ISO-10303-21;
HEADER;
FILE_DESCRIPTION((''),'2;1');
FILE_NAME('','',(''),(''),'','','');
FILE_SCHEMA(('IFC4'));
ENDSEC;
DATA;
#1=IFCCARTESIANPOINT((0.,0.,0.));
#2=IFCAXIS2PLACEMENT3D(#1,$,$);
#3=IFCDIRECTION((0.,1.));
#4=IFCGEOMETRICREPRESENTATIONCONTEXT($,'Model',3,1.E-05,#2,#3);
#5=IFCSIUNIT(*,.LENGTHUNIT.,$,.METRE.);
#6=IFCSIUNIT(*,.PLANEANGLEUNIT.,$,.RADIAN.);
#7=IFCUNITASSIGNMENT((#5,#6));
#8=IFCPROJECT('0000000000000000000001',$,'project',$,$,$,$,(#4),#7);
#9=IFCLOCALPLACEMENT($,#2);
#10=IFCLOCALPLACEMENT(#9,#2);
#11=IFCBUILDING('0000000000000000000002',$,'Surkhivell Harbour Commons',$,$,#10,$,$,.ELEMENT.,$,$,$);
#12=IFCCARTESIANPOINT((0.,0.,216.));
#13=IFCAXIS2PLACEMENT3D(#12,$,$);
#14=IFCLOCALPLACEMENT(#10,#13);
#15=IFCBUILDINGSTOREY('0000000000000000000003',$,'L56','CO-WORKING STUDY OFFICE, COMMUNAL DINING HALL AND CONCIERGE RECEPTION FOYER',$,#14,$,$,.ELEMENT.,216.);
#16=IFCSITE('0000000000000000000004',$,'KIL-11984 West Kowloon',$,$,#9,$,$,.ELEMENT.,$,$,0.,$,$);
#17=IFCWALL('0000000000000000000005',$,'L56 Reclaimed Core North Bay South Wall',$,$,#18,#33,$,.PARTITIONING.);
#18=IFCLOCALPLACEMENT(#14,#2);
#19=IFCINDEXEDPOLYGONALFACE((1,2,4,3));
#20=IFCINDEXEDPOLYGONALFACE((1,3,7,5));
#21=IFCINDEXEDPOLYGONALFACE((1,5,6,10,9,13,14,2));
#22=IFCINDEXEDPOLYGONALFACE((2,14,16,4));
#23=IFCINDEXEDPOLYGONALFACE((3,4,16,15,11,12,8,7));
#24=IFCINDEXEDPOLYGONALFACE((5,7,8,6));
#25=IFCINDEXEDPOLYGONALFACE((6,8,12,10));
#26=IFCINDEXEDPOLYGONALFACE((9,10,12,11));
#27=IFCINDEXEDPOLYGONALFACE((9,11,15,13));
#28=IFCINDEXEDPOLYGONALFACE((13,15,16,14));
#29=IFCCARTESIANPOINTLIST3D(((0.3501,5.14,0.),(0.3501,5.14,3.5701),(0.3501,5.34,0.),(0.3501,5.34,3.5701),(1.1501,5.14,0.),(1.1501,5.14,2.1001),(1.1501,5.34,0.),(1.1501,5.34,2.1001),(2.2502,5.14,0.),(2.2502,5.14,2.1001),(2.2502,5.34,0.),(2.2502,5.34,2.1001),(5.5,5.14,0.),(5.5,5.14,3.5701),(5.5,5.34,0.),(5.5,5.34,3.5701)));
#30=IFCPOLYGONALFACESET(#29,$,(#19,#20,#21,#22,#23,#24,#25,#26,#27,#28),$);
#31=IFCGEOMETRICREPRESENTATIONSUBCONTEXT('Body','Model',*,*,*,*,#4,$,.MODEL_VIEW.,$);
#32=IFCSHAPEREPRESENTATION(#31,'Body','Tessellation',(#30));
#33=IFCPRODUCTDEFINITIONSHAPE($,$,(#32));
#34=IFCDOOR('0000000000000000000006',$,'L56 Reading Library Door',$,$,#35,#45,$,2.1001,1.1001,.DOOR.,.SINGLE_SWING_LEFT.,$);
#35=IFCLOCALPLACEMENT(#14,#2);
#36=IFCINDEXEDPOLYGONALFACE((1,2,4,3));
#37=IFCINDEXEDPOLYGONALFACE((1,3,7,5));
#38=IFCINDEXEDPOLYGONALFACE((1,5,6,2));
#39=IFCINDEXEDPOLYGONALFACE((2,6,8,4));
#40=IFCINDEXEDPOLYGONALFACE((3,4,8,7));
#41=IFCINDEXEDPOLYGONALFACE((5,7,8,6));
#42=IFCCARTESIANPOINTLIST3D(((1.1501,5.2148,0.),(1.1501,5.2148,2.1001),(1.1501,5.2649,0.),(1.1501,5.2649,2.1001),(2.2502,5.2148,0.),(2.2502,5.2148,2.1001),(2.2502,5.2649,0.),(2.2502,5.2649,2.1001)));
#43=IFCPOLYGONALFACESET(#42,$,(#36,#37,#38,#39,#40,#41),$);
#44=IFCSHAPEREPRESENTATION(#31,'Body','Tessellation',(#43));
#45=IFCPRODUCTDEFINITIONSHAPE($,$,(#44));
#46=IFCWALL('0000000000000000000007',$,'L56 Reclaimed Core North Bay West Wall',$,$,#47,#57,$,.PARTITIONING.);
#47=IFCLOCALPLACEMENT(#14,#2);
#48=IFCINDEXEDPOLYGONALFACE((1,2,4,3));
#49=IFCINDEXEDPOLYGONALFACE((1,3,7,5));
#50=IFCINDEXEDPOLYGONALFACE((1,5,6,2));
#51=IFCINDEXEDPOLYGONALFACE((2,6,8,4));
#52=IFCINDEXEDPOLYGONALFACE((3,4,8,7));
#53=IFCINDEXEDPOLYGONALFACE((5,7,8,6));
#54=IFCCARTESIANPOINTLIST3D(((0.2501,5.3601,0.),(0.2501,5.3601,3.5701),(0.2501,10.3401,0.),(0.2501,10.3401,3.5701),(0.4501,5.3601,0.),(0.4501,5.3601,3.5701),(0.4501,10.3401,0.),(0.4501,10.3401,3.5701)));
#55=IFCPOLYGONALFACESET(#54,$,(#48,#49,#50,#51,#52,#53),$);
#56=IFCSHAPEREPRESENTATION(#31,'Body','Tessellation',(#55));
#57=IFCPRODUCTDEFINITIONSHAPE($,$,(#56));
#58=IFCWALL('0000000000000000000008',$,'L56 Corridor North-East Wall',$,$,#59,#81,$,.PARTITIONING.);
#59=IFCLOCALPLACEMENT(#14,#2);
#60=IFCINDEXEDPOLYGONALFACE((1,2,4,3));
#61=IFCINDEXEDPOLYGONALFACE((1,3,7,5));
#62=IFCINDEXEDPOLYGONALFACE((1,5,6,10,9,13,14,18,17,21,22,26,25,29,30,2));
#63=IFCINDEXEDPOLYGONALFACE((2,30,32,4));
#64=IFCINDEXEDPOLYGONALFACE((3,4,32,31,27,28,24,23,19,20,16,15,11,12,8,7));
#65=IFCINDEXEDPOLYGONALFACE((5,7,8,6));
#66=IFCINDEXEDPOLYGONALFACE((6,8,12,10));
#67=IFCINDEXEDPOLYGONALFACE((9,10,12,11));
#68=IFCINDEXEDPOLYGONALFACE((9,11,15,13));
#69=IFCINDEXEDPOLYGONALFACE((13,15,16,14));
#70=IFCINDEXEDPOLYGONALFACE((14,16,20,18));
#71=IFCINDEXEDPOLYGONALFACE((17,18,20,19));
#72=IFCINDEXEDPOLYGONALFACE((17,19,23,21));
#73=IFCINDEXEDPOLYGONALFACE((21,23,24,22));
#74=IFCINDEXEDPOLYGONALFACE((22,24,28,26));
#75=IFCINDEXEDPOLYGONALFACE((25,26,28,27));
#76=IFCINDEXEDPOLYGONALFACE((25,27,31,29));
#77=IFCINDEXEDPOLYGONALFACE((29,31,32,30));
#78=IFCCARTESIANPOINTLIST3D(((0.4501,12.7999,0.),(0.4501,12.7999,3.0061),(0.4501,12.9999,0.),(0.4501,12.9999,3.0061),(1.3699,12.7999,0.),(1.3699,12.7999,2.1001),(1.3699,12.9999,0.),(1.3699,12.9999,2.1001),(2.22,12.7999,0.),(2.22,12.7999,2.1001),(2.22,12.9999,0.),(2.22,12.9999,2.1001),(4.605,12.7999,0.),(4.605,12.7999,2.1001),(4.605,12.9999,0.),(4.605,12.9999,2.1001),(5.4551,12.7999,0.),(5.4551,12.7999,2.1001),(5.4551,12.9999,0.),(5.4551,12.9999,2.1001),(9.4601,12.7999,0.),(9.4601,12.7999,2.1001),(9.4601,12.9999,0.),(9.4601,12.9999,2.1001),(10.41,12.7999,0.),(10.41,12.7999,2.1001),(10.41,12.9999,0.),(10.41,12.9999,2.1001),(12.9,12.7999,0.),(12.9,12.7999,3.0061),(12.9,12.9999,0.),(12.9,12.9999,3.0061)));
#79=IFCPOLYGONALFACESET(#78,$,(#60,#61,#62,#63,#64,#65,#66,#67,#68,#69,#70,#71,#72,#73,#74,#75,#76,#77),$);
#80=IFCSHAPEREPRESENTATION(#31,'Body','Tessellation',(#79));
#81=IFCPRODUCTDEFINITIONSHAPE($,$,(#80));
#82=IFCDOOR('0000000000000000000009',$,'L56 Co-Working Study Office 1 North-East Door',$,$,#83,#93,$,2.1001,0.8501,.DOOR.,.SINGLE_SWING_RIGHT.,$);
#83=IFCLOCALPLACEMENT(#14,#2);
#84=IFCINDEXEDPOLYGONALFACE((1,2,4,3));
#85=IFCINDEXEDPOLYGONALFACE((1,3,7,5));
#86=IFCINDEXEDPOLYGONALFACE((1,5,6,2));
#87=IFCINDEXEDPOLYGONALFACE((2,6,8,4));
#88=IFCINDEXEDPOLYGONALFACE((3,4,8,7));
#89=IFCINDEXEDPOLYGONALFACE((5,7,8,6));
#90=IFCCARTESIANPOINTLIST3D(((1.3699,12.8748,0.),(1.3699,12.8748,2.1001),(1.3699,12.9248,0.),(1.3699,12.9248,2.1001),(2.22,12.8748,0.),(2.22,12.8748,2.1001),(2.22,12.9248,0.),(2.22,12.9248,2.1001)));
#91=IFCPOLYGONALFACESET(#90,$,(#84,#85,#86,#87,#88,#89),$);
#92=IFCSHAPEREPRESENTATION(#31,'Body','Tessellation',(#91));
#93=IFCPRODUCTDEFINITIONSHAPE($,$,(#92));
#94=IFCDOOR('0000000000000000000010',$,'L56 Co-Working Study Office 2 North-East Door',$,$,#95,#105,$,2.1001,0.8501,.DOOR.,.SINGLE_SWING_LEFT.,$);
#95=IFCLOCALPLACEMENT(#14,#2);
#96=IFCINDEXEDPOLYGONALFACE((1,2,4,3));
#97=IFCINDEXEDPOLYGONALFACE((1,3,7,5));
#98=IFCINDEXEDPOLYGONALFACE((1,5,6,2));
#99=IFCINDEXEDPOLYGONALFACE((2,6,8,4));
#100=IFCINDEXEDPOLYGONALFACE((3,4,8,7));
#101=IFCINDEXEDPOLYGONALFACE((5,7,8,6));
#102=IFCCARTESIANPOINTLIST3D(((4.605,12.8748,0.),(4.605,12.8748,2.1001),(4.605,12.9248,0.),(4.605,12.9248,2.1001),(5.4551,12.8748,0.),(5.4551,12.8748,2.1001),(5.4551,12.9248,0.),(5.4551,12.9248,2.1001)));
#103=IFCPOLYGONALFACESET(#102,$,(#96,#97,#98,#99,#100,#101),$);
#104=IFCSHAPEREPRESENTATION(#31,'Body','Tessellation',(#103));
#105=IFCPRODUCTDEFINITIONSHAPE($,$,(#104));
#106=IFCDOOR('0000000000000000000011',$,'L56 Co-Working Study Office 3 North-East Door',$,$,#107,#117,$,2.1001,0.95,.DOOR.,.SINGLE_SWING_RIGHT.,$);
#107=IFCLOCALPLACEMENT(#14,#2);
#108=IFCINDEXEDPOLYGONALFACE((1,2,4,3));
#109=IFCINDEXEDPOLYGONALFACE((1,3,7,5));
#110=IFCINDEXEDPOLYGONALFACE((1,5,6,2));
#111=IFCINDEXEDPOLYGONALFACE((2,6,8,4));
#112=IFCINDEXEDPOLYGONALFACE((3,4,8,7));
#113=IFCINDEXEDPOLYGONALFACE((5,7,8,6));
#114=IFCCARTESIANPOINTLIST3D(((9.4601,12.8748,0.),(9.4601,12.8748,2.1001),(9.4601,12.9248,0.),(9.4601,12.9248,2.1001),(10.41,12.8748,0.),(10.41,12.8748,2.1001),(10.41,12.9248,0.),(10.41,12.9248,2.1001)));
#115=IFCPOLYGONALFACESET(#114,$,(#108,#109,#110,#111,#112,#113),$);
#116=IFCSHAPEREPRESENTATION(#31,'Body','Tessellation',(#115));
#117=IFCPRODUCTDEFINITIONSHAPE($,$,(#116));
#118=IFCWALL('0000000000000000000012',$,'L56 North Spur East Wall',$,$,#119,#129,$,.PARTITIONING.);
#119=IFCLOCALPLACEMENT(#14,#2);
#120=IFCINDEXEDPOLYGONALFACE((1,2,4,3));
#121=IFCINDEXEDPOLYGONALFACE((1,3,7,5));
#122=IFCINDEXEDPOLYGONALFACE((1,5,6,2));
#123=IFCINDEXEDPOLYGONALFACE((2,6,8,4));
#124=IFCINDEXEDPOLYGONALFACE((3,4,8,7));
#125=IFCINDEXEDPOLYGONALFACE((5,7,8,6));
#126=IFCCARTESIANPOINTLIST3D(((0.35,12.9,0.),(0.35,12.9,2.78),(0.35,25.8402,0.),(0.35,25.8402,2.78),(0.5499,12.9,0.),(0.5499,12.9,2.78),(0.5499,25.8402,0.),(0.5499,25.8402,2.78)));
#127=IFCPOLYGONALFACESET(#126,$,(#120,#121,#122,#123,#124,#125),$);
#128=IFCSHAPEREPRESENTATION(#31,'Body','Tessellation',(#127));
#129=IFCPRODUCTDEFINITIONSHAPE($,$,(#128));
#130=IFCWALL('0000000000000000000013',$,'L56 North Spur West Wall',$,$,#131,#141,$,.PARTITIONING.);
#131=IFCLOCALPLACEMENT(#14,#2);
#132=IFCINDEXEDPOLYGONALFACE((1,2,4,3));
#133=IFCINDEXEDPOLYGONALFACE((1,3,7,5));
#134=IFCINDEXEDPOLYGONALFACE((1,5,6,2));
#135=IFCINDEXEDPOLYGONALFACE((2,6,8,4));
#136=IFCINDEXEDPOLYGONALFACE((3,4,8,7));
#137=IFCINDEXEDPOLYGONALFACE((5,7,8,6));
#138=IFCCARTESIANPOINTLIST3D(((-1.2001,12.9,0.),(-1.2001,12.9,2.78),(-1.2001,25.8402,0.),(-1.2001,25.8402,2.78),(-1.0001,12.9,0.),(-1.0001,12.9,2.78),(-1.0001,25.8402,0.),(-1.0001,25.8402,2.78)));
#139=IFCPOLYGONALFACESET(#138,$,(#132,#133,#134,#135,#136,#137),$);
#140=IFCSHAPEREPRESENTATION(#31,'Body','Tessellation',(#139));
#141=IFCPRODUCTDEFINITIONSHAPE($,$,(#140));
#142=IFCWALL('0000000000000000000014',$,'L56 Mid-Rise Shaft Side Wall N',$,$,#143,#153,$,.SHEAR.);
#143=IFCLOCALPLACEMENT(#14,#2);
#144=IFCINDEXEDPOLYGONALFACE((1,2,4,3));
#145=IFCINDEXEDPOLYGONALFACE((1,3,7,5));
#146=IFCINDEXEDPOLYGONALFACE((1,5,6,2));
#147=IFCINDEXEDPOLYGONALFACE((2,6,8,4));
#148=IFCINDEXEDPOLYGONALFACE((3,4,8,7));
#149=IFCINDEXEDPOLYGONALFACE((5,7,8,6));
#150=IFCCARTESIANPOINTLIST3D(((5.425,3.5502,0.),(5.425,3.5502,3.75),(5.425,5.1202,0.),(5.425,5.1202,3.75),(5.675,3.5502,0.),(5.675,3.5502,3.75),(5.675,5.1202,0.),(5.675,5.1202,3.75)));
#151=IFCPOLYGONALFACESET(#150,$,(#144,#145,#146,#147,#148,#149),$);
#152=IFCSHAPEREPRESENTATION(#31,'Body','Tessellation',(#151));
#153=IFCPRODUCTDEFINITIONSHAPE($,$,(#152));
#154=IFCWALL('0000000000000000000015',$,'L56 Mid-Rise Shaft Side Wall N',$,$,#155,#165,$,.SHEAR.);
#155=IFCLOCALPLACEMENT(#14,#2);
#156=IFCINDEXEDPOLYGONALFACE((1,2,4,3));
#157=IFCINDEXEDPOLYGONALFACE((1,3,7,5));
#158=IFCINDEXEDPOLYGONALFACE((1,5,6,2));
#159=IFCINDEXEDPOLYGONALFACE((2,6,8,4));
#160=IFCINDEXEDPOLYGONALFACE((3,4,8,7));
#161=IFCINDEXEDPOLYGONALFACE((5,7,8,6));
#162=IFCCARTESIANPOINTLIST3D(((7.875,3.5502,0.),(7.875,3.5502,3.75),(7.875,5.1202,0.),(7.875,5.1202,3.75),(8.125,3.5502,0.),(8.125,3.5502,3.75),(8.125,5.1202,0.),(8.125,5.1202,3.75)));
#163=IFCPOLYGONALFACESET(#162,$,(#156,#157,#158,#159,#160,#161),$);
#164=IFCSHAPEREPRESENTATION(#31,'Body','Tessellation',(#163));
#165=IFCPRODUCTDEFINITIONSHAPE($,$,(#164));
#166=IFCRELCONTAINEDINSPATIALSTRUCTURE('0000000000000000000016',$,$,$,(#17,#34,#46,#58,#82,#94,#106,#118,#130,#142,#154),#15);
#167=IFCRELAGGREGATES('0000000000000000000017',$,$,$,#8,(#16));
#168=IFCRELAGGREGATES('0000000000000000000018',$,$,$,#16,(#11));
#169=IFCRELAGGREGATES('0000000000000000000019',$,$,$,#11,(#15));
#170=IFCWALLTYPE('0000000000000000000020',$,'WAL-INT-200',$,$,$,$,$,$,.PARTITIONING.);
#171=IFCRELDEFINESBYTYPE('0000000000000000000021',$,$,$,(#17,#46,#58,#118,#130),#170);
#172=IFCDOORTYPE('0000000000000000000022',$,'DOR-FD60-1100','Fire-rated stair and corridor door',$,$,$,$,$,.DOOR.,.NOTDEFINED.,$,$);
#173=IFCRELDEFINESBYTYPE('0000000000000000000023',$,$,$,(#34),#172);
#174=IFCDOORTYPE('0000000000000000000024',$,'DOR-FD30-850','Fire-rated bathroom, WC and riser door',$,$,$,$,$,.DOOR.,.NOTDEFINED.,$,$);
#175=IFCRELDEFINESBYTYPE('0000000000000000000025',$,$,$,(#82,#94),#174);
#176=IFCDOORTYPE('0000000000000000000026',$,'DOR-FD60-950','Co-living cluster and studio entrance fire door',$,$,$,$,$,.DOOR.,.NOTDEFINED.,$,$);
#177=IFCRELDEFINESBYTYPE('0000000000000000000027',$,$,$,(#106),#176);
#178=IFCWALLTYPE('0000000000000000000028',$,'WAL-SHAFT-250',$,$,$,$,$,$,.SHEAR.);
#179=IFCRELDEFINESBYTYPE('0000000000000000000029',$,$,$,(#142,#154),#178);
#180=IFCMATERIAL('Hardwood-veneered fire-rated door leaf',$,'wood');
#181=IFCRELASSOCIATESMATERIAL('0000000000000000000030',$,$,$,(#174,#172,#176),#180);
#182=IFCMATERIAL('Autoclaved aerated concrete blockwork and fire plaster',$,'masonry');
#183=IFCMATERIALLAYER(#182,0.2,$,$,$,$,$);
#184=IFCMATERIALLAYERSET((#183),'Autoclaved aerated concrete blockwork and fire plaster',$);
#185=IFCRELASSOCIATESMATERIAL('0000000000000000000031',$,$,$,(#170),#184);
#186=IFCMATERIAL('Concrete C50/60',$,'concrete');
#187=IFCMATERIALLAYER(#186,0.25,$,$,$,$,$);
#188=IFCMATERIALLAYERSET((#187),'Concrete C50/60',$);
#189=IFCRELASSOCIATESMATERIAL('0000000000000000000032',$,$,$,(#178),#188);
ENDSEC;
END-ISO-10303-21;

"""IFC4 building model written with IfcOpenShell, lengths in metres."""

from ifc_helpers import new_model, si_unit, direction, frame, frame_2d, origin, place, context, subcontext, project, spatial, rectangle, extrude, material, layer, layer_set, type_object, element, fill, save


model = new_model("IFC4")

# Units and contexts
model_context = context("Model", 3, precision=1e-05, world=origin(), true_north=direction((0.0, 1.0)))
body_context = subcontext(model_context, "Body", "Model", "MODEL_VIEW")
ifc_project = project(units=[si_unit("LENGTHUNIT", "METRE"), si_unit("PLANEANGLEUNIT", "RADIAN")], contexts=[model_context])

# Site, building, storey
site_placement = place(None, origin())
site = spatial("IfcSite", under=ifc_project, at=site_placement, Name="KIL-11984 West Kowloon", CompositionType="ELEMENT", RefElevation=0.0)
building_placement = place(site_placement, origin())
building = spatial("IfcBuilding", under=site, at=building_placement, Name="Surkhivell Harbour Commons", CompositionType="ELEMENT")
storey_placement = place(building_placement, frame((0.0, 0.0, 216.0)))
storey = spatial("IfcBuildingStorey", under=building, at=storey_placement, Name="L56", Description="CO-WORKING STUDY OFFICE, COMMUNAL DINING HALL AND CONCIERGE RECEPTION FOYER", CompositionType="ELEMENT", Elevation=216.0)

# Wall, opening, door
ifc_material_1 = material(Name="Hardwood-veneered fire-rated door leaf", Category="wood")
door_type_1 = type_object("IfcDoorType", Name="DOR-FD30-850", Description="Fire-rated bathroom, WC and riser door", OperationType="NOTDEFINED", PredefinedType="DOOR", material=ifc_material_1)
ifc_material_2 = material(Name="Autoclaved aerated concrete blockwork and fire plaster", Category="masonry")
ifc_layer_1 = layer(ifc_material_2, 0.2)
ifc_layer_set_1 = layer_set([ifc_layer_1], Name="Autoclaved aerated concrete blockwork and fire plaster")
wall_type_1 = type_object("IfcWallType", Name="WAL-INT-200", PredefinedType="PARTITIONING", material=ifc_layer_set_1)
wall_1_placement = place(storey_placement, frame((0.3501, 5.24, 0.0), z_axis=(0.0, 0.0, 1.0), x_axis=(1.0, 0.0, 0.0)))
wall_1 = element("IfcWall", 1, at=wall_1_placement, inside=storey, type_object=wall_type_1, Name="L56 Reclaimed Core North Bay South Wall", PredefinedType="PARTITIONING", context=body_context, shape_type="SweptSolid", body=[
    extrude(rectangle(XDim=5.1499, YDim=0.2, at=frame_2d((2.575, 0.0))), origin(), (0.0, 0.0, 1.0), 3.5701),
])
opening_1_placement = place(wall_1_placement, frame((0.8, 0.0, 0.0)))
opening_1 = element("IfcOpeningElement", 2, at=opening_1_placement, cuts=wall_1, PredefinedType="OPENING", context=body_context, shape_type="SweptSolid", body=[
    extrude(rectangle(XDim=1.1001, YDim=2.1001, at=frame_2d((0.55, 1.05))), frame((0.0, 0.1099, 0.0), z_axis=(0.0, -1.0, 0.0), x_axis=(1.0, 0.0, 0.0)), (0.0, 0.0, 1.0), 0.22),
])
door_type_2 = type_object("IfcDoorType", Name="DOR-FD60-1100", Description="Fire-rated stair and corridor door", OperationType="NOTDEFINED", PredefinedType="DOOR", material=ifc_material_1)
door_1_placement = place(opening_1_placement, origin())
door_1 = element("IfcDoor", 3, at=door_1_placement, inside=storey, type_object=door_type_2, Name="L56 Reading Library Door", OperationType="SINGLE_SWING_LEFT", OverallHeight=2.1001, OverallWidth=1.1001, PredefinedType="DOOR", context=body_context, shape_type="SweptSolid", body=[
    extrude(rectangle(XDim=1.1001, YDim=2.1001, at=frame_2d((0.55, 1.05))), frame((0.0, 0.0249, 0.0), z_axis=(0.0, -1.0, 0.0), x_axis=(1.0, 0.0, 0.0)), (0.0, 0.0, 1.0), 0.05),
])
fill(opening_1, door_1)

# Wall
wall_2_placement = place(storey_placement, frame((0.3501, 5.3601, 0.0), z_axis=(0.0, 0.0, 1.0), x_axis=(0.0, 1.0, 0.0)))
element("IfcWall", 4, at=wall_2_placement, inside=storey, type_object=wall_type_1, Name="L56 Reclaimed Core North Bay West Wall", PredefinedType="PARTITIONING", context=body_context, shape_type="SweptSolid", body=[
    extrude(rectangle(XDim=4.98, YDim=0.2, at=frame_2d((2.49, 0.0))), origin(), (0.0, 0.0, 1.0), 3.5701),
])

# Wall, openings, doors
wall_3_placement = place(storey_placement, frame((0.45, 12.8999, 0.0), z_axis=(0.0, 0.0, 1.0), x_axis=(1.0, 0.0, 0.0)))
wall_3 = element("IfcWall", 5, at=wall_3_placement, inside=storey, type_object=wall_type_1, Name="L56 Corridor North-East Wall", PredefinedType="PARTITIONING", context=body_context, shape_type="SweptSolid", body=[
    extrude(rectangle(XDim=12.45, YDim=0.2, at=frame_2d((6.2251, 0.0))), origin(), (0.0, 0.0, 1.0), 3.0061),
])
opening_2_placement = place(wall_3_placement, frame((0.9199, 0.0, 0.0)))
opening_2 = element("IfcOpeningElement", 6, at=opening_2_placement, cuts=wall_3, PredefinedType="OPENING", context=body_context, shape_type="SweptSolid", body=[
    extrude(rectangle(XDim=0.8501, YDim=2.1001, at=frame_2d((0.425, 1.05))), frame((0.0, 0.1099, 0.0), z_axis=(0.0, -1.0, 0.0), x_axis=(1.0, 0.0, 0.0)), (0.0, 0.0, 1.0), 0.22),
])
opening_3_placement = place(wall_3_placement, frame((4.155, 0.0, 0.0)))
opening_3 = element("IfcOpeningElement", 7, at=opening_3_placement, cuts=wall_3, PredefinedType="OPENING", context=body_context, shape_type="SweptSolid", body=[
    extrude(rectangle(XDim=0.8501, YDim=2.1001, at=frame_2d((0.425, 1.05))), frame((0.0, 0.1099, 0.0), z_axis=(0.0, -1.0, 0.0), x_axis=(1.0, 0.0, 0.0)), (0.0, 0.0, 1.0), 0.22),
])
opening_4_placement = place(wall_3_placement, frame((9.01, 0.0, 0.0)))
opening_4 = element("IfcOpeningElement", 8, at=opening_4_placement, cuts=wall_3, PredefinedType="OPENING", context=body_context, shape_type="SweptSolid", body=[
    extrude(rectangle(XDim=0.95, YDim=2.1001, at=frame_2d((0.4751, 1.05))), frame((0.0, 0.1099, 0.0), z_axis=(0.0, -1.0, 0.0), x_axis=(1.0, 0.0, 0.0)), (0.0, 0.0, 1.0), 0.22),
])
door_2_placement = place(opening_2_placement, origin())
door_2 = element("IfcDoor", 9, at=door_2_placement, inside=storey, type_object=door_type_1, Name="L56 Co-Working Study Office 1 North-East Door", OperationType="SINGLE_SWING_RIGHT", OverallHeight=2.1001, OverallWidth=0.8501, PredefinedType="DOOR", context=body_context, shape_type="SweptSolid", body=[
    extrude(rectangle(XDim=0.8501, YDim=2.1001, at=frame_2d((0.425, 1.05))), frame((0.0, 0.0249, 0.0), z_axis=(0.0, -1.0, 0.0), x_axis=(1.0, 0.0, 0.0)), (0.0, 0.0, 1.0), 0.05),
])
fill(opening_2, door_2)
door_3_placement = place(opening_3_placement, origin())
door_3 = element("IfcDoor", 10, at=door_3_placement, inside=storey, type_object=door_type_1, Name="L56 Co-Working Study Office 2 North-East Door", OperationType="SINGLE_SWING_LEFT", OverallHeight=2.1001, OverallWidth=0.8501, PredefinedType="DOOR", context=body_context, shape_type="SweptSolid", body=[
    extrude(rectangle(XDim=0.8501, YDim=2.1001, at=frame_2d((0.425, 1.05))), frame((0.0, 0.0249, 0.0), z_axis=(0.0, -1.0, 0.0), x_axis=(1.0, 0.0, 0.0)), (0.0, 0.0, 1.0), 0.05),
])
fill(opening_3, door_3)
door_type_3 = type_object("IfcDoorType", Name="DOR-FD60-950", Description="Co-living cluster and studio entrance fire door", OperationType="NOTDEFINED", PredefinedType="DOOR", material=ifc_material_1)
door_4_placement = place(opening_4_placement, origin())
door_4 = element("IfcDoor", 11, at=door_4_placement, inside=storey, type_object=door_type_3, Name="L56 Co-Working Study Office 3 North-East Door", OperationType="SINGLE_SWING_RIGHT", OverallHeight=2.1001, OverallWidth=0.95, PredefinedType="DOOR", context=body_context, shape_type="SweptSolid", body=[
    extrude(rectangle(XDim=0.95, YDim=2.1001, at=frame_2d((0.4751, 1.05))), frame((0.0, 0.0249, 0.0), z_axis=(0.0, -1.0, 0.0), x_axis=(1.0, 0.0, 0.0)), (0.0, 0.0, 1.0), 0.05),
])
fill(opening_4, door_4)

# Walls
for number, where, z_axis, x_axis, name in (
    (12, (0.45, 12.8999, 0.0), (0.0, 0.0, 1.0), (0.0, 1.0, 0.0), "L56 North Spur East Wall"),
    (13, (-1.1001, 12.8999, 0.0), (0.0, 0.0, 1.0), (0.0, 1.0, 0.0), "L56 North Spur West Wall"),
):
    element("IfcWall", number, at=place(storey_placement, frame(where, z_axis=z_axis, x_axis=x_axis)), inside=storey, type_object=wall_type_1, Name=name, PredefinedType="PARTITIONING", context=body_context, shape_type="SweptSolid", body=[
        extrude(rectangle(XDim=12.9402, YDim=0.2, at=frame_2d((6.4702, 0.0))), origin(), (0.0, 0.0, 1.0), 2.78),
    ])
ifc_material_3 = material(Name="Concrete C50/60", Category="concrete")
ifc_layer_2 = layer(ifc_material_3, 0.25)
ifc_layer_set_2 = layer_set([ifc_layer_2], Name="Concrete C50/60")
wall_type_2 = type_object("IfcWallType", Name="WAL-SHAFT-250", PredefinedType="SHEAR", material=ifc_layer_set_2)
for number, where, z_axis, x_axis, name in (
    (14, (5.55, 3.55, 0.0), (0.0, 0.0, 1.0), (0.0, 1.0, 0.0), "L56 Mid-Rise Shaft Side Wall N"),
    (15, (8.0, 3.55, 0.0), (0.0, 0.0, 1.0), (0.0, 1.0, 0.0), "L56 Mid-Rise Shaft Side Wall N"),
):
    element("IfcWall", number, at=place(storey_placement, frame(where, z_axis=z_axis, x_axis=x_axis)), inside=storey, type_object=wall_type_2, Name=name, PredefinedType="SHEAR", context=body_context, shape_type="SweptSolid", body=[
        extrude(rectangle(XDim=1.5701, YDim=0.25, at=frame_2d((0.7852, 0.0))), origin(), (0.0, 0.0, 1.0), 3.75),
    ])

save(model, "model.ifc")
